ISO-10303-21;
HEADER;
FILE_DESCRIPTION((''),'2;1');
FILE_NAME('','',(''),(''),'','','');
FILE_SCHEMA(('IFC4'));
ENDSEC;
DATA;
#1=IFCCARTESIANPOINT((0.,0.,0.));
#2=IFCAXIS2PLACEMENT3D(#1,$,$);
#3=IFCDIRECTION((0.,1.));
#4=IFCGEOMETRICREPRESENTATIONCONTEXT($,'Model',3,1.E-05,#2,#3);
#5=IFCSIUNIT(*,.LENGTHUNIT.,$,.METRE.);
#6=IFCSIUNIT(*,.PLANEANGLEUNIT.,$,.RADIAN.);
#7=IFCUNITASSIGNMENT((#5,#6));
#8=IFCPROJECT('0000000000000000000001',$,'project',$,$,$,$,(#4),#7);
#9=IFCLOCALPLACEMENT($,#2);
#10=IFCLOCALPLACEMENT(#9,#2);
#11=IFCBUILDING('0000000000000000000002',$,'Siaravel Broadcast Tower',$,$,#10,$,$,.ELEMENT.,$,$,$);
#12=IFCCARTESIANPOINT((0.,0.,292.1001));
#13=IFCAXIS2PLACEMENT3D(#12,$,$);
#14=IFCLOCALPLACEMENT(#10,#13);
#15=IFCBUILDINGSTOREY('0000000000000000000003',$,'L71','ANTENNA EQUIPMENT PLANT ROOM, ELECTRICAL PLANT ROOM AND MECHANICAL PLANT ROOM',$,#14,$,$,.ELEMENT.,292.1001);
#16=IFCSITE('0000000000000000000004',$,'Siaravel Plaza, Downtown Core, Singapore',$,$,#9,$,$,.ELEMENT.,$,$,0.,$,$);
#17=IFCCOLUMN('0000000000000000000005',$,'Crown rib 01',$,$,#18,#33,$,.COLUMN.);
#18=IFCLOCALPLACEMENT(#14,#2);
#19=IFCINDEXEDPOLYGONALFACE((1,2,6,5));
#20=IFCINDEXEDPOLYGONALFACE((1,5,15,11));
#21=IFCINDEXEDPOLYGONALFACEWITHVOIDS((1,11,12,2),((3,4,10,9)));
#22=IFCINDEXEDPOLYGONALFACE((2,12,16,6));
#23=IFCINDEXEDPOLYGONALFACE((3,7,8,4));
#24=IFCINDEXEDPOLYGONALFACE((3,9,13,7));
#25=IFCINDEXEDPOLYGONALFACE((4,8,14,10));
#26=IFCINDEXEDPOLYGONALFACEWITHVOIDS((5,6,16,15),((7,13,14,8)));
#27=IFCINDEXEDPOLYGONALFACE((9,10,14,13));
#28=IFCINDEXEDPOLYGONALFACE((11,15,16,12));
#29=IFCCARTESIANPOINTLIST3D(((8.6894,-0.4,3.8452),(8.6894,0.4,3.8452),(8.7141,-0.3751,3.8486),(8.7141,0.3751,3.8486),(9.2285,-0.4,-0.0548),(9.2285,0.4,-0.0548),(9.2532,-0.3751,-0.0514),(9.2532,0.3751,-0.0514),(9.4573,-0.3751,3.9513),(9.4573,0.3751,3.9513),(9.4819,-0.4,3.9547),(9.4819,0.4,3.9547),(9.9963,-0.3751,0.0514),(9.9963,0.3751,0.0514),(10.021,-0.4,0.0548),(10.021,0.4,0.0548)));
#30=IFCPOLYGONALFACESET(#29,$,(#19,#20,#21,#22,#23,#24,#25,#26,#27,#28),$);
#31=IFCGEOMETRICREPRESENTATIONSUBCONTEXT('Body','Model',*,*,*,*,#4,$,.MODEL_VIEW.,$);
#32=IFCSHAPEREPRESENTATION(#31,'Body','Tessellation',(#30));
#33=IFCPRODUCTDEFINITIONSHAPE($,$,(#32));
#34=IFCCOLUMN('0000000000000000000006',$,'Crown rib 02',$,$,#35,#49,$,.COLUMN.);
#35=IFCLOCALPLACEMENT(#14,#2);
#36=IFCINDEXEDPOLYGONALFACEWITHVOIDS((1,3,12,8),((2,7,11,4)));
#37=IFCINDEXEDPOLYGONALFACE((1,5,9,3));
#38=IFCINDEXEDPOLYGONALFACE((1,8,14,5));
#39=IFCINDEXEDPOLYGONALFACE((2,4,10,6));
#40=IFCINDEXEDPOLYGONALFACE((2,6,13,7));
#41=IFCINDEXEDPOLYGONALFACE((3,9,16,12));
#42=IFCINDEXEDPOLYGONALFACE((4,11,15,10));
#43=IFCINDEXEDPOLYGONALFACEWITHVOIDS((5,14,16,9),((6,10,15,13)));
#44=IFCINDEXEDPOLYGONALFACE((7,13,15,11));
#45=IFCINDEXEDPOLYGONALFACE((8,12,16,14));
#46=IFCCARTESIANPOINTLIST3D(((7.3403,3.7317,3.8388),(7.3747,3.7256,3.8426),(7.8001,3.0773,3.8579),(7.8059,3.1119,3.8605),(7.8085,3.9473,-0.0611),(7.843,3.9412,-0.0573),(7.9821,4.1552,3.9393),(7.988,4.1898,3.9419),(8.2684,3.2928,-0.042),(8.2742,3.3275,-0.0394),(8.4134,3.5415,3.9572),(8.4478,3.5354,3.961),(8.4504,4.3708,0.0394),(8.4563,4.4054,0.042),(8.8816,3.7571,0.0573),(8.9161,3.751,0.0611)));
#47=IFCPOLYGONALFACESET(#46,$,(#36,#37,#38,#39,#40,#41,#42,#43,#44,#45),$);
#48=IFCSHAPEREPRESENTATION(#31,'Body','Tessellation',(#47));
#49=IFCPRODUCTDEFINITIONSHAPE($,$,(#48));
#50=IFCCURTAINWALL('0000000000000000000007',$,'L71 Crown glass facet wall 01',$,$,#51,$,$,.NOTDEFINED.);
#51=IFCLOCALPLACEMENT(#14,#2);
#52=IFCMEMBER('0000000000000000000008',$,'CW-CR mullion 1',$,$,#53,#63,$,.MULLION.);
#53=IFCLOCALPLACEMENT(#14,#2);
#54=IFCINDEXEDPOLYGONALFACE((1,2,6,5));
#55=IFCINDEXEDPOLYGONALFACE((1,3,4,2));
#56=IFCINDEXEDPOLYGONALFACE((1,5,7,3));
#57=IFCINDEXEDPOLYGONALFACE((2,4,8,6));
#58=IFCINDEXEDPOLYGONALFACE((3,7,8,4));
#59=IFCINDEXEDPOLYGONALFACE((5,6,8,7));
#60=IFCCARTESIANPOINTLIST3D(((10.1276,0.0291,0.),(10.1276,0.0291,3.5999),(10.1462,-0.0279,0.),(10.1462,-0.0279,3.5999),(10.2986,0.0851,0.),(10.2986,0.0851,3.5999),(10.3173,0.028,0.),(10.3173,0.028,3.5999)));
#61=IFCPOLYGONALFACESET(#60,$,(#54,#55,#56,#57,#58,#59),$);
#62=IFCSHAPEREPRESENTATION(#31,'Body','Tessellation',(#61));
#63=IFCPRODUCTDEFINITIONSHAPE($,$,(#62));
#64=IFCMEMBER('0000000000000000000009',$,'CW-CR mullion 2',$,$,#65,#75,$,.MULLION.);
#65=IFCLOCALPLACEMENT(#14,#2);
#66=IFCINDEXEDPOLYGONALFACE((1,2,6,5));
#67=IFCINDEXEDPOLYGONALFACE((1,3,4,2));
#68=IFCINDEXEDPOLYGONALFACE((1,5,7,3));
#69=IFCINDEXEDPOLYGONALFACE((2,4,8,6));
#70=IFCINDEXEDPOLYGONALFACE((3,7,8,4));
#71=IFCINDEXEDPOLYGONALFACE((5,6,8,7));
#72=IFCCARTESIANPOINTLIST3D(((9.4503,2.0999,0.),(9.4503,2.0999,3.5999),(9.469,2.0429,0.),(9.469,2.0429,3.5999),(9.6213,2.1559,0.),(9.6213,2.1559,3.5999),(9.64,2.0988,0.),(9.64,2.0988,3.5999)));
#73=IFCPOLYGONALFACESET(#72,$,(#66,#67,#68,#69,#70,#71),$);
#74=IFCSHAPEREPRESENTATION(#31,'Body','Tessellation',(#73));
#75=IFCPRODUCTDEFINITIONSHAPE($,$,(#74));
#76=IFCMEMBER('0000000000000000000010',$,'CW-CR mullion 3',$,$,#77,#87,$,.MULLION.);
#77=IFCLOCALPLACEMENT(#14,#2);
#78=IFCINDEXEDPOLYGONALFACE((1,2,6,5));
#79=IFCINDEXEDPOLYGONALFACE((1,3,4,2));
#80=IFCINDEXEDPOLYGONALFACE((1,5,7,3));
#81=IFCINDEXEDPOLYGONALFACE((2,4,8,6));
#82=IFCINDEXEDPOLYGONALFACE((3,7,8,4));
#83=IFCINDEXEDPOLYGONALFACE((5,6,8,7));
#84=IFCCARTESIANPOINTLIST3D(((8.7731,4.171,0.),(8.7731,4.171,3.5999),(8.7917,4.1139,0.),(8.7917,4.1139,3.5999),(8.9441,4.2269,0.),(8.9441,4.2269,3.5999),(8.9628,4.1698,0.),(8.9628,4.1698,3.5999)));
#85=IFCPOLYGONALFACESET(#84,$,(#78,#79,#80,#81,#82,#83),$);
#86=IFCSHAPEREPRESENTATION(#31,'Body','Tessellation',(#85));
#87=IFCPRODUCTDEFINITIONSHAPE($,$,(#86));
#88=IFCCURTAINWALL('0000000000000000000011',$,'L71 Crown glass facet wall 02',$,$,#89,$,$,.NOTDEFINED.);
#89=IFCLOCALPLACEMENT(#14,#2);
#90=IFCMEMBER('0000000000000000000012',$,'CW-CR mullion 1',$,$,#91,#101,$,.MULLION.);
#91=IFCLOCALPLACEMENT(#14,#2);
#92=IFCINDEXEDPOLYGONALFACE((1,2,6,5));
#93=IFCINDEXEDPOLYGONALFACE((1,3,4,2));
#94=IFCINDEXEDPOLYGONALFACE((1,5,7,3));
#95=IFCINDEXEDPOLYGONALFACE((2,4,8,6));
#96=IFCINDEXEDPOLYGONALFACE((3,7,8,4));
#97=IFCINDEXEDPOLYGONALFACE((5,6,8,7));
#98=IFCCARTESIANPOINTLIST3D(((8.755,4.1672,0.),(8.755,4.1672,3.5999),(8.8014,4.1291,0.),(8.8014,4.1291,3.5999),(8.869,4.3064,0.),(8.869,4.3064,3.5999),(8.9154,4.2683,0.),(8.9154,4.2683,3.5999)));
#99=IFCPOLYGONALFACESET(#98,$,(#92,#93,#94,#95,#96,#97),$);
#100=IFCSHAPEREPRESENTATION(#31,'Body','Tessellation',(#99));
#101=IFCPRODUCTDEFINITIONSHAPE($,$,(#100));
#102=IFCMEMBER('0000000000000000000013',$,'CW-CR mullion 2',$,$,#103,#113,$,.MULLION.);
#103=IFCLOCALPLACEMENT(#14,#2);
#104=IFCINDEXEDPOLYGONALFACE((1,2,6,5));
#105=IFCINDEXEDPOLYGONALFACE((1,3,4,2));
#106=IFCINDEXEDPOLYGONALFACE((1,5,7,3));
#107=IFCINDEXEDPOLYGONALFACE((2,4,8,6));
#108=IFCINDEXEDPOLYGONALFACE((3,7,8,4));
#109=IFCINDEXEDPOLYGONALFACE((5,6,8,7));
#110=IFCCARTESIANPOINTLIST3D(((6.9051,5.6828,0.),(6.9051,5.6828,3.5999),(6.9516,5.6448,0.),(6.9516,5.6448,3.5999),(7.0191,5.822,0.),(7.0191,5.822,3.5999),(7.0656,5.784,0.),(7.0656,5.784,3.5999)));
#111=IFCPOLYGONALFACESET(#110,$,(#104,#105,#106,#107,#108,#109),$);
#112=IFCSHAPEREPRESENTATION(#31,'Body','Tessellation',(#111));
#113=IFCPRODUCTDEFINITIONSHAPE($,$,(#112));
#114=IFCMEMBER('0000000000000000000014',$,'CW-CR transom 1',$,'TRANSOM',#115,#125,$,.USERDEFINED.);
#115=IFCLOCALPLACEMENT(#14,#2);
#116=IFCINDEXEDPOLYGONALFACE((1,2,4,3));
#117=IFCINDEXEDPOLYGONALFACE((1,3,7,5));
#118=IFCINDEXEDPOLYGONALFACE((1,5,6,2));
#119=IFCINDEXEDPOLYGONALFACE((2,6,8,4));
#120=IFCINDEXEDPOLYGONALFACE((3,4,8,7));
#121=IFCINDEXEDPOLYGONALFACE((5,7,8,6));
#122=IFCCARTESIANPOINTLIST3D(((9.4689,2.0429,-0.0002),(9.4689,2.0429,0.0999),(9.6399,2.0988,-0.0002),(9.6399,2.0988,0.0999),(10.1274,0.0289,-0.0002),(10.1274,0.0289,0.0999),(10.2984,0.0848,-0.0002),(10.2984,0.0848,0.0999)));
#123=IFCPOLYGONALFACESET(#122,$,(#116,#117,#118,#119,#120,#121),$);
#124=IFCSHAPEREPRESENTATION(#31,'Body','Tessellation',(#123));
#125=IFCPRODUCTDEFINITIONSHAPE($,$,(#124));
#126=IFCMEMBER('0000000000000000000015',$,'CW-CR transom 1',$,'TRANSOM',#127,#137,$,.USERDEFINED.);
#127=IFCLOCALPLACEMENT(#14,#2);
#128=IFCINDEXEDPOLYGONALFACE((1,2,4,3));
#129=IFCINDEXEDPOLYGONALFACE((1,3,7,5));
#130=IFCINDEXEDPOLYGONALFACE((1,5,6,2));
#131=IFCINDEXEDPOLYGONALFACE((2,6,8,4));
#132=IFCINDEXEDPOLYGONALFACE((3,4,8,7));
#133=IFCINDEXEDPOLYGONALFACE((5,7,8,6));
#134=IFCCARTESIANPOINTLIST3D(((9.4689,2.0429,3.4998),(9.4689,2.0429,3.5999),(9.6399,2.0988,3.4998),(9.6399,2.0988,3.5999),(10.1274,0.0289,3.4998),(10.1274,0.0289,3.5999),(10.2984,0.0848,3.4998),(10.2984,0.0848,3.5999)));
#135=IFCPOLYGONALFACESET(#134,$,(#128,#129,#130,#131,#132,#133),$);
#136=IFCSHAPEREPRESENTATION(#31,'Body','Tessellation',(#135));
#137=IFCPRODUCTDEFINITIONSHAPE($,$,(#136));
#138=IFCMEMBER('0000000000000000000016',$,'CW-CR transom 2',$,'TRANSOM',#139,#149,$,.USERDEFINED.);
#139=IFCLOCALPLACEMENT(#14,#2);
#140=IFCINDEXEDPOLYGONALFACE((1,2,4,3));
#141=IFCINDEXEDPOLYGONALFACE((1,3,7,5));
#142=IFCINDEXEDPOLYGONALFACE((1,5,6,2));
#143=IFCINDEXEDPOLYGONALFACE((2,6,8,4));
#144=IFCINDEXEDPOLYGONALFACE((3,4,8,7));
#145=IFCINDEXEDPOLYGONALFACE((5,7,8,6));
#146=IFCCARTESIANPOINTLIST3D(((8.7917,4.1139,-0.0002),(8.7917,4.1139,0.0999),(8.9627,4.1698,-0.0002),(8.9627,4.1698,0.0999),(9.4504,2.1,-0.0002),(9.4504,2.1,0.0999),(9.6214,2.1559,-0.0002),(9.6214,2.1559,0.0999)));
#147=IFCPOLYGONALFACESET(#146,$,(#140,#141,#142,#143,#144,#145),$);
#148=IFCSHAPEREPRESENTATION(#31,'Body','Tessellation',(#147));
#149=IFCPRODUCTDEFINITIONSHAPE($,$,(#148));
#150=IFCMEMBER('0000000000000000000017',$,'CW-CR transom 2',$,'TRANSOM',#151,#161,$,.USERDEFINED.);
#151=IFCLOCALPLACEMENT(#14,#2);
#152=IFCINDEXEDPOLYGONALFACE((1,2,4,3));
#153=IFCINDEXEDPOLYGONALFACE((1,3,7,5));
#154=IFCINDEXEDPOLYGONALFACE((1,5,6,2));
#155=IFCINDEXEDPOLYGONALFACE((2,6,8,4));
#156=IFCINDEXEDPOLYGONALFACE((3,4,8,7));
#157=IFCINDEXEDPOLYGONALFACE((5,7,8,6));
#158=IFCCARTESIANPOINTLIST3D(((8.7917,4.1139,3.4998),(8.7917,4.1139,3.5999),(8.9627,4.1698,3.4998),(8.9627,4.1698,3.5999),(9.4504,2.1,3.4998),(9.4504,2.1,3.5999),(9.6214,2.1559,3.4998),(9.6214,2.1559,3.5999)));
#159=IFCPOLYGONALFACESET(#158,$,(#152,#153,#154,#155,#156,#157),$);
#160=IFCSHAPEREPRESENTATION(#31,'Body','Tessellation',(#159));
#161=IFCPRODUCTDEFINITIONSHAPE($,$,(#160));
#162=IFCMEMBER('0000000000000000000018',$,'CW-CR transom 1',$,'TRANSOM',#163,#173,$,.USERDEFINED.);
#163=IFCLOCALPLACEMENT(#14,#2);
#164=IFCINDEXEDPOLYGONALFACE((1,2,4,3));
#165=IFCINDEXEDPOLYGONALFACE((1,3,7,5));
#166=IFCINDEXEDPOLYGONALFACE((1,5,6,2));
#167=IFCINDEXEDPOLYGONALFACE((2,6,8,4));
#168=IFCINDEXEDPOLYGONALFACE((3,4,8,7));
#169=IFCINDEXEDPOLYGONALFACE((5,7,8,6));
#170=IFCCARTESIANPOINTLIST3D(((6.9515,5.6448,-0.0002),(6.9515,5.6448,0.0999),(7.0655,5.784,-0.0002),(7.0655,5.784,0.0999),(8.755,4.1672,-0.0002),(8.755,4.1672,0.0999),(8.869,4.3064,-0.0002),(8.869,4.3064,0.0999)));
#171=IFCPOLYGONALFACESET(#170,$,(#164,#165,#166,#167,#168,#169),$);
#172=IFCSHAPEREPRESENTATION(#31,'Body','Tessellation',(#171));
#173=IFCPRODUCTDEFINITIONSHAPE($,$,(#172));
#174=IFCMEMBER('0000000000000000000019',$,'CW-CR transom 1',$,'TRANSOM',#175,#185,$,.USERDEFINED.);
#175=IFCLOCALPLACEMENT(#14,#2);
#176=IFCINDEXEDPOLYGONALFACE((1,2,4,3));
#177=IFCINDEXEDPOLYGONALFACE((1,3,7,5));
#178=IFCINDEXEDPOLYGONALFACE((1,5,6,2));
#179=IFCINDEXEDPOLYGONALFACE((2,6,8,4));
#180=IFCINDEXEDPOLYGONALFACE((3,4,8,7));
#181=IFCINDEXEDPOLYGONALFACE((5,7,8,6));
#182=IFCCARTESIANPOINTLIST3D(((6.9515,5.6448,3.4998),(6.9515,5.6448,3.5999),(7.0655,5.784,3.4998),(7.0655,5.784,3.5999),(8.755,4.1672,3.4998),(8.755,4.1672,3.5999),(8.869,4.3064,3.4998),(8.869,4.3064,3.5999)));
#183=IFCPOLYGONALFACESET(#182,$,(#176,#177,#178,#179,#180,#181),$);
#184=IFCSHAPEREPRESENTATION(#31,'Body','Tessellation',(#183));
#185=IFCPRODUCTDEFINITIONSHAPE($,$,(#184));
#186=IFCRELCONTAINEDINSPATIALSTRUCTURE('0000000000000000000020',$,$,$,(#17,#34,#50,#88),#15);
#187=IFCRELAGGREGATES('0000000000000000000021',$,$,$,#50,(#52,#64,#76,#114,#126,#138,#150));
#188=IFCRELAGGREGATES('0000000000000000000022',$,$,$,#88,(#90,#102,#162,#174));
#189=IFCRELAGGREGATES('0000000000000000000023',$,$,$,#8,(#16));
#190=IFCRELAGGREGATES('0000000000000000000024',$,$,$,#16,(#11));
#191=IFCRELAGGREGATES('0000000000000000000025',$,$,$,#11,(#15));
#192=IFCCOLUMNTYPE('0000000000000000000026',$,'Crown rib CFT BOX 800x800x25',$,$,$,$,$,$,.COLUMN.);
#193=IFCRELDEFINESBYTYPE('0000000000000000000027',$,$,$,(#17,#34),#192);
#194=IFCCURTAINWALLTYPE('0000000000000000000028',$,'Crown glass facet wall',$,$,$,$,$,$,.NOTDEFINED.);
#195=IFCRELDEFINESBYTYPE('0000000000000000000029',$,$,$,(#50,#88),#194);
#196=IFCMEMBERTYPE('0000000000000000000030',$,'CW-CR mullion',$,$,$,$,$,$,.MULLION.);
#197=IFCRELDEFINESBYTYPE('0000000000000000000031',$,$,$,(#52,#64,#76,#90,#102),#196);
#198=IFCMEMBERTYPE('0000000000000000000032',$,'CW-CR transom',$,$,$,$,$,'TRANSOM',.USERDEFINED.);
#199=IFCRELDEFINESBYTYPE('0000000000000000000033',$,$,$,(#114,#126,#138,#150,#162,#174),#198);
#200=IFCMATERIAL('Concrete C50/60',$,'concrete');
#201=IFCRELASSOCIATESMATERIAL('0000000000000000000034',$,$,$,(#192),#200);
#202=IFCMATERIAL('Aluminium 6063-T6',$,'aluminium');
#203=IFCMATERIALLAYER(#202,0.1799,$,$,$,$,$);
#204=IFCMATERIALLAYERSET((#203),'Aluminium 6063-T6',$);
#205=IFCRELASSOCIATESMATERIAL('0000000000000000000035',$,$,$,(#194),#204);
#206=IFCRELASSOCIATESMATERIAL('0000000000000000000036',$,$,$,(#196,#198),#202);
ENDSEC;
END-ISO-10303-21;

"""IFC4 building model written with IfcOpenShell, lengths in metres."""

from ifc_helpers import new_model, si_unit, direction, frame, origin, origin_2d, place, context, subcontext, project, spatial, rectangle, hollow_rectangle, extrude, material, layer, layer_set, material_profile, profile_set, type_object, element, aggregate, save


model = new_model("IFC4")

# Units and contexts
model_context = context("Model", 3, precision=1e-05, world=origin(), true_north=direction((0.0, 1.0)))
body_context = subcontext(model_context, "Body", "Model", "MODEL_VIEW")
ifc_project = project(units=[si_unit("LENGTHUNIT", "METRE"), si_unit("PLANEANGLEUNIT", "RADIAN")], contexts=[model_context])

# Site, building, storey
site_placement = place(None, origin())
site = spatial("IfcSite", under=ifc_project, at=site_placement, Name="Siaravel Plaza, Downtown Core, Singapore", CompositionType="ELEMENT", RefElevation=0.0)
building_placement = place(site_placement, origin())
building = spatial("IfcBuilding", under=site, at=building_placement, Name="Siaravel Broadcast Tower", CompositionType="ELEMENT")
storey_placement = place(building_placement, frame((0.0, 0.0, 292.1001)))
storey = spatial("IfcBuildingStorey", under=building, at=storey_placement, Name="L71", Description="ANTENNA EQUIPMENT PLANT ROOM, ELECTRICAL PLANT ROOM AND MECHANICAL PLANT ROOM", CompositionType="ELEMENT", Elevation=292.1001)

# Columns
ifc_material_1 = material(Name="Concrete C50/60", Category="concrete")
ifc_material_profile_1 = material_profile(ifc_material_1, hollow_rectangle(XDim=0.8, YDim=0.8, WallThickness=0.0249, at=origin_2d()))
ifc_profile_set_1 = profile_set([ifc_material_profile_1], Name="Concrete C50/60")
column_type = type_object("IfcColumnType", Name="Crown rib CFT BOX 800x800x25", PredefinedType="COLUMN", material=ifc_profile_set_1)
column_1_placement = place(storey_placement, frame((9.6248, 0.0, 0.0), z_axis=(-0.136923, 0.0, 0.990582), x_axis=(0.0, -1.0, 0.0)))
element("IfcColumn", 1, at=column_1_placement, inside=storey, type_object=column_type, Name="Crown rib 01", PredefinedType="COLUMN", context=body_context, shape_type="SweptSolid", body=[
    extrude(hollow_rectangle(XDim=0.8, YDim=0.8, WallThickness=0.0249, at=origin_2d()), origin(), (0.0, 0.0, 1.0), 3.937),
])
column_2_placement = place(storey_placement, frame((8.3623, 3.8491, 0.0), z_axis=(-0.119035, -0.054801, 0.991377), x_axis=(0.574756, -0.817979, 0.023795)))
element("IfcColumn", 2, at=column_2_placement, inside=storey, type_object=column_type, Name="Crown rib 02", PredefinedType="COLUMN", context=body_context, shape_type="SweptSolid", body=[
    extrude(hollow_rectangle(XDim=0.8, YDim=0.8, WallThickness=0.0249, at=origin_2d()), origin(), (0.0, 0.0, 1.0), 3.9338),
])

# Curtain walls, members
ifc_material_2 = material(Name="Aluminium 6063-T6", Category="aluminium")
ifc_layer_1 = layer(ifc_material_2, 0.1799)
ifc_layer_set_1 = layer_set([ifc_layer_1], Name="Aluminium 6063-T6")
curtain_wall_type = type_object("IfcCurtainWallType", Name="Crown glass facet wall", PredefinedType="NOTDEFINED", material=ifc_layer_set_1)
curtain_wall_1_placement = place(storey_placement, origin())
curtain_wall_1 = element("IfcCurtainWall", 3, at=curtain_wall_1_placement, inside=storey, type_object=curtain_wall_type, Name="L71 Crown glass facet wall 01", PredefinedType="NOTDEFINED")
ifc_material_profile_2 = material_profile(ifc_material_2, rectangle(XDim=0.1799, YDim=0.0601, at=origin_2d()))
ifc_profile_set_2 = profile_set([ifc_material_profile_2], Name="Aluminium 6063-T6")
member_type_1 = type_object("IfcMemberType", Name="CW-CR mullion", PredefinedType="MULLION", material=ifc_profile_set_2)
member_1_placement = place(storey_placement, frame((10.2224, 0.0286, 0.0), z_axis=(0.0, 0.0, 1.0), x_axis=(-0.95046, -0.310848, 0.0)))
member_1 = element("IfcMember", 4, at=member_1_placement, type_object=member_type_1, Name="CW-CR mullion 1", PredefinedType="MULLION", context=body_context, shape_type="SweptSolid", body=[
    extrude(rectangle(XDim=0.1799, YDim=0.0601, at=origin_2d()), origin(), (0.0, 0.0, 1.0), 3.5999),
])
member_2_placement = place(storey_placement, frame((9.5452, 2.0994, 0.0), z_axis=(0.0, 0.0, 1.0), x_axis=(-0.95046, -0.310848, 0.0)))
member_2 = element("IfcMember", 5, at=member_2_placement, type_object=member_type_1, Name="CW-CR mullion 2", PredefinedType="MULLION", context=body_context, shape_type="SweptSolid", body=[
    extrude(rectangle(XDim=0.1799, YDim=0.0601, at=origin_2d()), origin(), (0.0, 0.0, 1.0), 3.5999),
])
member_3_placement = place(storey_placement, frame((8.8679, 4.1704, 0.0), z_axis=(0.0, 0.0, 1.0), x_axis=(-0.95046, -0.310848, 0.0)))
member_3 = element("IfcMember", 6, at=member_3_placement, type_object=member_type_1, Name="CW-CR mullion 3", PredefinedType="MULLION", context=body_context, shape_type="SweptSolid", body=[
    extrude(rectangle(XDim=0.1799, YDim=0.0601, at=origin_2d()), origin(), (0.0, 0.0, 1.0), 3.5999),
])
curtain_wall_2_placement = place(storey_placement, origin())
curtain_wall_2 = element("IfcCurtainWall", 7, at=curtain_wall_2_placement, inside=storey, type_object=curtain_wall_type, Name="L71 Crown glass facet wall 02", PredefinedType="NOTDEFINED")
member_4_placement = place(storey_placement, frame((8.8352, 4.2178, 0.0), z_axis=(0.0, 0.0, 1.0), x_axis=(-0.633724, -0.773559, 0.0)))
member_4 = element("IfcMember", 8, at=member_4_placement, type_object=member_type_1, Name="CW-CR mullion 1", PredefinedType="MULLION", context=body_context, shape_type="SweptSolid", body=[
    extrude(rectangle(XDim=0.1799, YDim=0.0601, at=origin_2d()), origin(), (0.0, 0.0, 1.0), 3.5999),
])
member_5_placement = place(storey_placement, frame((6.9854, 5.7334, 0.0), z_axis=(0.0, 0.0, 1.0), x_axis=(-0.633724, -0.773559, 0.0)))
member_5 = element("IfcMember", 9, at=member_5_placement, type_object=member_type_1, Name="CW-CR mullion 2", PredefinedType="MULLION", context=body_context, shape_type="SweptSolid", body=[
    extrude(rectangle(XDim=0.1799, YDim=0.0601, at=origin_2d()), origin(), (0.0, 0.0, 1.0), 3.5999),
])

# Members
ifc_material_profile_3 = material_profile(ifc_material_2, rectangle(XDim=0.1799, YDim=0.1001, at=origin_2d()))
ifc_profile_set_3 = profile_set([ifc_material_profile_3], Name="Aluminium 6063-T6")
member_type_2 = type_object("IfcMemberType", Name="CW-CR transom", ElementType="TRANSOM", PredefinedType="USERDEFINED", material=ifc_profile_set_3)
member_6_placement = place(storey_placement, frame((10.2129, 0.0569, 0.0498), z_axis=(-0.310761, 0.950488, 0.0), x_axis=(-0.950488, -0.310761, 0.0)))
member_6 = element("IfcMember", 10, at=member_6_placement, type_object=member_type_2, Name="CW-CR transom 1", ObjectType="TRANSOM", PredefinedType="USERDEFINED", context=body_context, shape_type="SweptSolid", body=[
    extrude(rectangle(XDim=0.1799, YDim=0.1001, at=origin_2d()), origin(), (0.0, 0.0, 1.0), 2.1189),
])
member_7_placement = place(storey_placement, frame((10.2129, 0.0569, 3.5498), z_axis=(-0.310761, 0.950488, 0.0), x_axis=(-0.950488, -0.310761, 0.0)))
member_7 = element("IfcMember", 11, at=member_7_placement, type_object=member_type_2, Name="CW-CR transom 1", ObjectType="TRANSOM", PredefinedType="USERDEFINED", context=body_context, shape_type="SweptSolid", body=[
    extrude(rectangle(XDim=0.1799, YDim=0.1001, at=origin_2d()), origin(), (0.0, 0.0, 1.0), 2.1189),
])
member_8_placement = place(storey_placement, frame((9.5359, 2.1279, 0.0498), z_axis=(-0.310865, 0.950454, 0.0), x_axis=(-0.950454, -0.310865, 0.0)))
member_8 = element("IfcMember", 12, at=member_8_placement, type_object=member_type_2, Name="CW-CR transom 2", ObjectType="TRANSOM", PredefinedType="USERDEFINED", context=body_context, shape_type="SweptSolid", body=[
    extrude(rectangle(XDim=0.1799, YDim=0.1001, at=origin_2d()), origin(), (0.0, 0.0, 1.0), 2.1189),
])
member_9_placement = place(storey_placement, frame((9.5359, 2.1279, 3.5498), z_axis=(-0.310865, 0.950454, 0.0), x_axis=(-0.950454, -0.310865, 0.0)))
member_9 = element("IfcMember", 13, at=member_9_placement, type_object=member_type_2, Name="CW-CR transom 2", ObjectType="TRANSOM", PredefinedType="USERDEFINED", context=body_context, shape_type="SweptSolid", body=[
    extrude(rectangle(XDim=0.1799, YDim=0.1001, at=origin_2d()), origin(), (0.0, 0.0, 1.0), 2.1189),
])
member_10_placement = place(storey_placement, frame((8.812, 4.2368, 0.0498), z_axis=(-0.773542, 0.633745, 0.0), x_axis=(-0.633745, -0.773542, 0.0)))
member_10 = element("IfcMember", 14, at=member_10_placement, type_object=member_type_2, Name="CW-CR transom 1", ObjectType="TRANSOM", PredefinedType="USERDEFINED", context=body_context, shape_type="SweptSolid", body=[
    extrude(rectangle(XDim=0.1799, YDim=0.1001, at=origin_2d()), origin(), (0.0, 0.0, 1.0), 2.3315),
])
member_11_placement = place(storey_placement, frame((8.812, 4.2368, 3.5498), z_axis=(-0.773542, 0.633745, 0.0), x_axis=(-0.633745, -0.773542, 0.0)))
member_11 = element("IfcMember", 15, at=member_11_placement, type_object=member_type_2, Name="CW-CR transom 1", ObjectType="TRANSOM", PredefinedType="USERDEFINED", context=body_context, shape_type="SweptSolid", body=[
    extrude(rectangle(XDim=0.1799, YDim=0.1001, at=origin_2d()), origin(), (0.0, 0.0, 1.0), 2.3315),
])

aggregate(curtain_wall_1, [member_1, member_2, member_3, member_6, member_7, member_8, member_9])
aggregate(curtain_wall_2, [member_4, member_5, member_10, member_11])

save(model, "model.ifc")
